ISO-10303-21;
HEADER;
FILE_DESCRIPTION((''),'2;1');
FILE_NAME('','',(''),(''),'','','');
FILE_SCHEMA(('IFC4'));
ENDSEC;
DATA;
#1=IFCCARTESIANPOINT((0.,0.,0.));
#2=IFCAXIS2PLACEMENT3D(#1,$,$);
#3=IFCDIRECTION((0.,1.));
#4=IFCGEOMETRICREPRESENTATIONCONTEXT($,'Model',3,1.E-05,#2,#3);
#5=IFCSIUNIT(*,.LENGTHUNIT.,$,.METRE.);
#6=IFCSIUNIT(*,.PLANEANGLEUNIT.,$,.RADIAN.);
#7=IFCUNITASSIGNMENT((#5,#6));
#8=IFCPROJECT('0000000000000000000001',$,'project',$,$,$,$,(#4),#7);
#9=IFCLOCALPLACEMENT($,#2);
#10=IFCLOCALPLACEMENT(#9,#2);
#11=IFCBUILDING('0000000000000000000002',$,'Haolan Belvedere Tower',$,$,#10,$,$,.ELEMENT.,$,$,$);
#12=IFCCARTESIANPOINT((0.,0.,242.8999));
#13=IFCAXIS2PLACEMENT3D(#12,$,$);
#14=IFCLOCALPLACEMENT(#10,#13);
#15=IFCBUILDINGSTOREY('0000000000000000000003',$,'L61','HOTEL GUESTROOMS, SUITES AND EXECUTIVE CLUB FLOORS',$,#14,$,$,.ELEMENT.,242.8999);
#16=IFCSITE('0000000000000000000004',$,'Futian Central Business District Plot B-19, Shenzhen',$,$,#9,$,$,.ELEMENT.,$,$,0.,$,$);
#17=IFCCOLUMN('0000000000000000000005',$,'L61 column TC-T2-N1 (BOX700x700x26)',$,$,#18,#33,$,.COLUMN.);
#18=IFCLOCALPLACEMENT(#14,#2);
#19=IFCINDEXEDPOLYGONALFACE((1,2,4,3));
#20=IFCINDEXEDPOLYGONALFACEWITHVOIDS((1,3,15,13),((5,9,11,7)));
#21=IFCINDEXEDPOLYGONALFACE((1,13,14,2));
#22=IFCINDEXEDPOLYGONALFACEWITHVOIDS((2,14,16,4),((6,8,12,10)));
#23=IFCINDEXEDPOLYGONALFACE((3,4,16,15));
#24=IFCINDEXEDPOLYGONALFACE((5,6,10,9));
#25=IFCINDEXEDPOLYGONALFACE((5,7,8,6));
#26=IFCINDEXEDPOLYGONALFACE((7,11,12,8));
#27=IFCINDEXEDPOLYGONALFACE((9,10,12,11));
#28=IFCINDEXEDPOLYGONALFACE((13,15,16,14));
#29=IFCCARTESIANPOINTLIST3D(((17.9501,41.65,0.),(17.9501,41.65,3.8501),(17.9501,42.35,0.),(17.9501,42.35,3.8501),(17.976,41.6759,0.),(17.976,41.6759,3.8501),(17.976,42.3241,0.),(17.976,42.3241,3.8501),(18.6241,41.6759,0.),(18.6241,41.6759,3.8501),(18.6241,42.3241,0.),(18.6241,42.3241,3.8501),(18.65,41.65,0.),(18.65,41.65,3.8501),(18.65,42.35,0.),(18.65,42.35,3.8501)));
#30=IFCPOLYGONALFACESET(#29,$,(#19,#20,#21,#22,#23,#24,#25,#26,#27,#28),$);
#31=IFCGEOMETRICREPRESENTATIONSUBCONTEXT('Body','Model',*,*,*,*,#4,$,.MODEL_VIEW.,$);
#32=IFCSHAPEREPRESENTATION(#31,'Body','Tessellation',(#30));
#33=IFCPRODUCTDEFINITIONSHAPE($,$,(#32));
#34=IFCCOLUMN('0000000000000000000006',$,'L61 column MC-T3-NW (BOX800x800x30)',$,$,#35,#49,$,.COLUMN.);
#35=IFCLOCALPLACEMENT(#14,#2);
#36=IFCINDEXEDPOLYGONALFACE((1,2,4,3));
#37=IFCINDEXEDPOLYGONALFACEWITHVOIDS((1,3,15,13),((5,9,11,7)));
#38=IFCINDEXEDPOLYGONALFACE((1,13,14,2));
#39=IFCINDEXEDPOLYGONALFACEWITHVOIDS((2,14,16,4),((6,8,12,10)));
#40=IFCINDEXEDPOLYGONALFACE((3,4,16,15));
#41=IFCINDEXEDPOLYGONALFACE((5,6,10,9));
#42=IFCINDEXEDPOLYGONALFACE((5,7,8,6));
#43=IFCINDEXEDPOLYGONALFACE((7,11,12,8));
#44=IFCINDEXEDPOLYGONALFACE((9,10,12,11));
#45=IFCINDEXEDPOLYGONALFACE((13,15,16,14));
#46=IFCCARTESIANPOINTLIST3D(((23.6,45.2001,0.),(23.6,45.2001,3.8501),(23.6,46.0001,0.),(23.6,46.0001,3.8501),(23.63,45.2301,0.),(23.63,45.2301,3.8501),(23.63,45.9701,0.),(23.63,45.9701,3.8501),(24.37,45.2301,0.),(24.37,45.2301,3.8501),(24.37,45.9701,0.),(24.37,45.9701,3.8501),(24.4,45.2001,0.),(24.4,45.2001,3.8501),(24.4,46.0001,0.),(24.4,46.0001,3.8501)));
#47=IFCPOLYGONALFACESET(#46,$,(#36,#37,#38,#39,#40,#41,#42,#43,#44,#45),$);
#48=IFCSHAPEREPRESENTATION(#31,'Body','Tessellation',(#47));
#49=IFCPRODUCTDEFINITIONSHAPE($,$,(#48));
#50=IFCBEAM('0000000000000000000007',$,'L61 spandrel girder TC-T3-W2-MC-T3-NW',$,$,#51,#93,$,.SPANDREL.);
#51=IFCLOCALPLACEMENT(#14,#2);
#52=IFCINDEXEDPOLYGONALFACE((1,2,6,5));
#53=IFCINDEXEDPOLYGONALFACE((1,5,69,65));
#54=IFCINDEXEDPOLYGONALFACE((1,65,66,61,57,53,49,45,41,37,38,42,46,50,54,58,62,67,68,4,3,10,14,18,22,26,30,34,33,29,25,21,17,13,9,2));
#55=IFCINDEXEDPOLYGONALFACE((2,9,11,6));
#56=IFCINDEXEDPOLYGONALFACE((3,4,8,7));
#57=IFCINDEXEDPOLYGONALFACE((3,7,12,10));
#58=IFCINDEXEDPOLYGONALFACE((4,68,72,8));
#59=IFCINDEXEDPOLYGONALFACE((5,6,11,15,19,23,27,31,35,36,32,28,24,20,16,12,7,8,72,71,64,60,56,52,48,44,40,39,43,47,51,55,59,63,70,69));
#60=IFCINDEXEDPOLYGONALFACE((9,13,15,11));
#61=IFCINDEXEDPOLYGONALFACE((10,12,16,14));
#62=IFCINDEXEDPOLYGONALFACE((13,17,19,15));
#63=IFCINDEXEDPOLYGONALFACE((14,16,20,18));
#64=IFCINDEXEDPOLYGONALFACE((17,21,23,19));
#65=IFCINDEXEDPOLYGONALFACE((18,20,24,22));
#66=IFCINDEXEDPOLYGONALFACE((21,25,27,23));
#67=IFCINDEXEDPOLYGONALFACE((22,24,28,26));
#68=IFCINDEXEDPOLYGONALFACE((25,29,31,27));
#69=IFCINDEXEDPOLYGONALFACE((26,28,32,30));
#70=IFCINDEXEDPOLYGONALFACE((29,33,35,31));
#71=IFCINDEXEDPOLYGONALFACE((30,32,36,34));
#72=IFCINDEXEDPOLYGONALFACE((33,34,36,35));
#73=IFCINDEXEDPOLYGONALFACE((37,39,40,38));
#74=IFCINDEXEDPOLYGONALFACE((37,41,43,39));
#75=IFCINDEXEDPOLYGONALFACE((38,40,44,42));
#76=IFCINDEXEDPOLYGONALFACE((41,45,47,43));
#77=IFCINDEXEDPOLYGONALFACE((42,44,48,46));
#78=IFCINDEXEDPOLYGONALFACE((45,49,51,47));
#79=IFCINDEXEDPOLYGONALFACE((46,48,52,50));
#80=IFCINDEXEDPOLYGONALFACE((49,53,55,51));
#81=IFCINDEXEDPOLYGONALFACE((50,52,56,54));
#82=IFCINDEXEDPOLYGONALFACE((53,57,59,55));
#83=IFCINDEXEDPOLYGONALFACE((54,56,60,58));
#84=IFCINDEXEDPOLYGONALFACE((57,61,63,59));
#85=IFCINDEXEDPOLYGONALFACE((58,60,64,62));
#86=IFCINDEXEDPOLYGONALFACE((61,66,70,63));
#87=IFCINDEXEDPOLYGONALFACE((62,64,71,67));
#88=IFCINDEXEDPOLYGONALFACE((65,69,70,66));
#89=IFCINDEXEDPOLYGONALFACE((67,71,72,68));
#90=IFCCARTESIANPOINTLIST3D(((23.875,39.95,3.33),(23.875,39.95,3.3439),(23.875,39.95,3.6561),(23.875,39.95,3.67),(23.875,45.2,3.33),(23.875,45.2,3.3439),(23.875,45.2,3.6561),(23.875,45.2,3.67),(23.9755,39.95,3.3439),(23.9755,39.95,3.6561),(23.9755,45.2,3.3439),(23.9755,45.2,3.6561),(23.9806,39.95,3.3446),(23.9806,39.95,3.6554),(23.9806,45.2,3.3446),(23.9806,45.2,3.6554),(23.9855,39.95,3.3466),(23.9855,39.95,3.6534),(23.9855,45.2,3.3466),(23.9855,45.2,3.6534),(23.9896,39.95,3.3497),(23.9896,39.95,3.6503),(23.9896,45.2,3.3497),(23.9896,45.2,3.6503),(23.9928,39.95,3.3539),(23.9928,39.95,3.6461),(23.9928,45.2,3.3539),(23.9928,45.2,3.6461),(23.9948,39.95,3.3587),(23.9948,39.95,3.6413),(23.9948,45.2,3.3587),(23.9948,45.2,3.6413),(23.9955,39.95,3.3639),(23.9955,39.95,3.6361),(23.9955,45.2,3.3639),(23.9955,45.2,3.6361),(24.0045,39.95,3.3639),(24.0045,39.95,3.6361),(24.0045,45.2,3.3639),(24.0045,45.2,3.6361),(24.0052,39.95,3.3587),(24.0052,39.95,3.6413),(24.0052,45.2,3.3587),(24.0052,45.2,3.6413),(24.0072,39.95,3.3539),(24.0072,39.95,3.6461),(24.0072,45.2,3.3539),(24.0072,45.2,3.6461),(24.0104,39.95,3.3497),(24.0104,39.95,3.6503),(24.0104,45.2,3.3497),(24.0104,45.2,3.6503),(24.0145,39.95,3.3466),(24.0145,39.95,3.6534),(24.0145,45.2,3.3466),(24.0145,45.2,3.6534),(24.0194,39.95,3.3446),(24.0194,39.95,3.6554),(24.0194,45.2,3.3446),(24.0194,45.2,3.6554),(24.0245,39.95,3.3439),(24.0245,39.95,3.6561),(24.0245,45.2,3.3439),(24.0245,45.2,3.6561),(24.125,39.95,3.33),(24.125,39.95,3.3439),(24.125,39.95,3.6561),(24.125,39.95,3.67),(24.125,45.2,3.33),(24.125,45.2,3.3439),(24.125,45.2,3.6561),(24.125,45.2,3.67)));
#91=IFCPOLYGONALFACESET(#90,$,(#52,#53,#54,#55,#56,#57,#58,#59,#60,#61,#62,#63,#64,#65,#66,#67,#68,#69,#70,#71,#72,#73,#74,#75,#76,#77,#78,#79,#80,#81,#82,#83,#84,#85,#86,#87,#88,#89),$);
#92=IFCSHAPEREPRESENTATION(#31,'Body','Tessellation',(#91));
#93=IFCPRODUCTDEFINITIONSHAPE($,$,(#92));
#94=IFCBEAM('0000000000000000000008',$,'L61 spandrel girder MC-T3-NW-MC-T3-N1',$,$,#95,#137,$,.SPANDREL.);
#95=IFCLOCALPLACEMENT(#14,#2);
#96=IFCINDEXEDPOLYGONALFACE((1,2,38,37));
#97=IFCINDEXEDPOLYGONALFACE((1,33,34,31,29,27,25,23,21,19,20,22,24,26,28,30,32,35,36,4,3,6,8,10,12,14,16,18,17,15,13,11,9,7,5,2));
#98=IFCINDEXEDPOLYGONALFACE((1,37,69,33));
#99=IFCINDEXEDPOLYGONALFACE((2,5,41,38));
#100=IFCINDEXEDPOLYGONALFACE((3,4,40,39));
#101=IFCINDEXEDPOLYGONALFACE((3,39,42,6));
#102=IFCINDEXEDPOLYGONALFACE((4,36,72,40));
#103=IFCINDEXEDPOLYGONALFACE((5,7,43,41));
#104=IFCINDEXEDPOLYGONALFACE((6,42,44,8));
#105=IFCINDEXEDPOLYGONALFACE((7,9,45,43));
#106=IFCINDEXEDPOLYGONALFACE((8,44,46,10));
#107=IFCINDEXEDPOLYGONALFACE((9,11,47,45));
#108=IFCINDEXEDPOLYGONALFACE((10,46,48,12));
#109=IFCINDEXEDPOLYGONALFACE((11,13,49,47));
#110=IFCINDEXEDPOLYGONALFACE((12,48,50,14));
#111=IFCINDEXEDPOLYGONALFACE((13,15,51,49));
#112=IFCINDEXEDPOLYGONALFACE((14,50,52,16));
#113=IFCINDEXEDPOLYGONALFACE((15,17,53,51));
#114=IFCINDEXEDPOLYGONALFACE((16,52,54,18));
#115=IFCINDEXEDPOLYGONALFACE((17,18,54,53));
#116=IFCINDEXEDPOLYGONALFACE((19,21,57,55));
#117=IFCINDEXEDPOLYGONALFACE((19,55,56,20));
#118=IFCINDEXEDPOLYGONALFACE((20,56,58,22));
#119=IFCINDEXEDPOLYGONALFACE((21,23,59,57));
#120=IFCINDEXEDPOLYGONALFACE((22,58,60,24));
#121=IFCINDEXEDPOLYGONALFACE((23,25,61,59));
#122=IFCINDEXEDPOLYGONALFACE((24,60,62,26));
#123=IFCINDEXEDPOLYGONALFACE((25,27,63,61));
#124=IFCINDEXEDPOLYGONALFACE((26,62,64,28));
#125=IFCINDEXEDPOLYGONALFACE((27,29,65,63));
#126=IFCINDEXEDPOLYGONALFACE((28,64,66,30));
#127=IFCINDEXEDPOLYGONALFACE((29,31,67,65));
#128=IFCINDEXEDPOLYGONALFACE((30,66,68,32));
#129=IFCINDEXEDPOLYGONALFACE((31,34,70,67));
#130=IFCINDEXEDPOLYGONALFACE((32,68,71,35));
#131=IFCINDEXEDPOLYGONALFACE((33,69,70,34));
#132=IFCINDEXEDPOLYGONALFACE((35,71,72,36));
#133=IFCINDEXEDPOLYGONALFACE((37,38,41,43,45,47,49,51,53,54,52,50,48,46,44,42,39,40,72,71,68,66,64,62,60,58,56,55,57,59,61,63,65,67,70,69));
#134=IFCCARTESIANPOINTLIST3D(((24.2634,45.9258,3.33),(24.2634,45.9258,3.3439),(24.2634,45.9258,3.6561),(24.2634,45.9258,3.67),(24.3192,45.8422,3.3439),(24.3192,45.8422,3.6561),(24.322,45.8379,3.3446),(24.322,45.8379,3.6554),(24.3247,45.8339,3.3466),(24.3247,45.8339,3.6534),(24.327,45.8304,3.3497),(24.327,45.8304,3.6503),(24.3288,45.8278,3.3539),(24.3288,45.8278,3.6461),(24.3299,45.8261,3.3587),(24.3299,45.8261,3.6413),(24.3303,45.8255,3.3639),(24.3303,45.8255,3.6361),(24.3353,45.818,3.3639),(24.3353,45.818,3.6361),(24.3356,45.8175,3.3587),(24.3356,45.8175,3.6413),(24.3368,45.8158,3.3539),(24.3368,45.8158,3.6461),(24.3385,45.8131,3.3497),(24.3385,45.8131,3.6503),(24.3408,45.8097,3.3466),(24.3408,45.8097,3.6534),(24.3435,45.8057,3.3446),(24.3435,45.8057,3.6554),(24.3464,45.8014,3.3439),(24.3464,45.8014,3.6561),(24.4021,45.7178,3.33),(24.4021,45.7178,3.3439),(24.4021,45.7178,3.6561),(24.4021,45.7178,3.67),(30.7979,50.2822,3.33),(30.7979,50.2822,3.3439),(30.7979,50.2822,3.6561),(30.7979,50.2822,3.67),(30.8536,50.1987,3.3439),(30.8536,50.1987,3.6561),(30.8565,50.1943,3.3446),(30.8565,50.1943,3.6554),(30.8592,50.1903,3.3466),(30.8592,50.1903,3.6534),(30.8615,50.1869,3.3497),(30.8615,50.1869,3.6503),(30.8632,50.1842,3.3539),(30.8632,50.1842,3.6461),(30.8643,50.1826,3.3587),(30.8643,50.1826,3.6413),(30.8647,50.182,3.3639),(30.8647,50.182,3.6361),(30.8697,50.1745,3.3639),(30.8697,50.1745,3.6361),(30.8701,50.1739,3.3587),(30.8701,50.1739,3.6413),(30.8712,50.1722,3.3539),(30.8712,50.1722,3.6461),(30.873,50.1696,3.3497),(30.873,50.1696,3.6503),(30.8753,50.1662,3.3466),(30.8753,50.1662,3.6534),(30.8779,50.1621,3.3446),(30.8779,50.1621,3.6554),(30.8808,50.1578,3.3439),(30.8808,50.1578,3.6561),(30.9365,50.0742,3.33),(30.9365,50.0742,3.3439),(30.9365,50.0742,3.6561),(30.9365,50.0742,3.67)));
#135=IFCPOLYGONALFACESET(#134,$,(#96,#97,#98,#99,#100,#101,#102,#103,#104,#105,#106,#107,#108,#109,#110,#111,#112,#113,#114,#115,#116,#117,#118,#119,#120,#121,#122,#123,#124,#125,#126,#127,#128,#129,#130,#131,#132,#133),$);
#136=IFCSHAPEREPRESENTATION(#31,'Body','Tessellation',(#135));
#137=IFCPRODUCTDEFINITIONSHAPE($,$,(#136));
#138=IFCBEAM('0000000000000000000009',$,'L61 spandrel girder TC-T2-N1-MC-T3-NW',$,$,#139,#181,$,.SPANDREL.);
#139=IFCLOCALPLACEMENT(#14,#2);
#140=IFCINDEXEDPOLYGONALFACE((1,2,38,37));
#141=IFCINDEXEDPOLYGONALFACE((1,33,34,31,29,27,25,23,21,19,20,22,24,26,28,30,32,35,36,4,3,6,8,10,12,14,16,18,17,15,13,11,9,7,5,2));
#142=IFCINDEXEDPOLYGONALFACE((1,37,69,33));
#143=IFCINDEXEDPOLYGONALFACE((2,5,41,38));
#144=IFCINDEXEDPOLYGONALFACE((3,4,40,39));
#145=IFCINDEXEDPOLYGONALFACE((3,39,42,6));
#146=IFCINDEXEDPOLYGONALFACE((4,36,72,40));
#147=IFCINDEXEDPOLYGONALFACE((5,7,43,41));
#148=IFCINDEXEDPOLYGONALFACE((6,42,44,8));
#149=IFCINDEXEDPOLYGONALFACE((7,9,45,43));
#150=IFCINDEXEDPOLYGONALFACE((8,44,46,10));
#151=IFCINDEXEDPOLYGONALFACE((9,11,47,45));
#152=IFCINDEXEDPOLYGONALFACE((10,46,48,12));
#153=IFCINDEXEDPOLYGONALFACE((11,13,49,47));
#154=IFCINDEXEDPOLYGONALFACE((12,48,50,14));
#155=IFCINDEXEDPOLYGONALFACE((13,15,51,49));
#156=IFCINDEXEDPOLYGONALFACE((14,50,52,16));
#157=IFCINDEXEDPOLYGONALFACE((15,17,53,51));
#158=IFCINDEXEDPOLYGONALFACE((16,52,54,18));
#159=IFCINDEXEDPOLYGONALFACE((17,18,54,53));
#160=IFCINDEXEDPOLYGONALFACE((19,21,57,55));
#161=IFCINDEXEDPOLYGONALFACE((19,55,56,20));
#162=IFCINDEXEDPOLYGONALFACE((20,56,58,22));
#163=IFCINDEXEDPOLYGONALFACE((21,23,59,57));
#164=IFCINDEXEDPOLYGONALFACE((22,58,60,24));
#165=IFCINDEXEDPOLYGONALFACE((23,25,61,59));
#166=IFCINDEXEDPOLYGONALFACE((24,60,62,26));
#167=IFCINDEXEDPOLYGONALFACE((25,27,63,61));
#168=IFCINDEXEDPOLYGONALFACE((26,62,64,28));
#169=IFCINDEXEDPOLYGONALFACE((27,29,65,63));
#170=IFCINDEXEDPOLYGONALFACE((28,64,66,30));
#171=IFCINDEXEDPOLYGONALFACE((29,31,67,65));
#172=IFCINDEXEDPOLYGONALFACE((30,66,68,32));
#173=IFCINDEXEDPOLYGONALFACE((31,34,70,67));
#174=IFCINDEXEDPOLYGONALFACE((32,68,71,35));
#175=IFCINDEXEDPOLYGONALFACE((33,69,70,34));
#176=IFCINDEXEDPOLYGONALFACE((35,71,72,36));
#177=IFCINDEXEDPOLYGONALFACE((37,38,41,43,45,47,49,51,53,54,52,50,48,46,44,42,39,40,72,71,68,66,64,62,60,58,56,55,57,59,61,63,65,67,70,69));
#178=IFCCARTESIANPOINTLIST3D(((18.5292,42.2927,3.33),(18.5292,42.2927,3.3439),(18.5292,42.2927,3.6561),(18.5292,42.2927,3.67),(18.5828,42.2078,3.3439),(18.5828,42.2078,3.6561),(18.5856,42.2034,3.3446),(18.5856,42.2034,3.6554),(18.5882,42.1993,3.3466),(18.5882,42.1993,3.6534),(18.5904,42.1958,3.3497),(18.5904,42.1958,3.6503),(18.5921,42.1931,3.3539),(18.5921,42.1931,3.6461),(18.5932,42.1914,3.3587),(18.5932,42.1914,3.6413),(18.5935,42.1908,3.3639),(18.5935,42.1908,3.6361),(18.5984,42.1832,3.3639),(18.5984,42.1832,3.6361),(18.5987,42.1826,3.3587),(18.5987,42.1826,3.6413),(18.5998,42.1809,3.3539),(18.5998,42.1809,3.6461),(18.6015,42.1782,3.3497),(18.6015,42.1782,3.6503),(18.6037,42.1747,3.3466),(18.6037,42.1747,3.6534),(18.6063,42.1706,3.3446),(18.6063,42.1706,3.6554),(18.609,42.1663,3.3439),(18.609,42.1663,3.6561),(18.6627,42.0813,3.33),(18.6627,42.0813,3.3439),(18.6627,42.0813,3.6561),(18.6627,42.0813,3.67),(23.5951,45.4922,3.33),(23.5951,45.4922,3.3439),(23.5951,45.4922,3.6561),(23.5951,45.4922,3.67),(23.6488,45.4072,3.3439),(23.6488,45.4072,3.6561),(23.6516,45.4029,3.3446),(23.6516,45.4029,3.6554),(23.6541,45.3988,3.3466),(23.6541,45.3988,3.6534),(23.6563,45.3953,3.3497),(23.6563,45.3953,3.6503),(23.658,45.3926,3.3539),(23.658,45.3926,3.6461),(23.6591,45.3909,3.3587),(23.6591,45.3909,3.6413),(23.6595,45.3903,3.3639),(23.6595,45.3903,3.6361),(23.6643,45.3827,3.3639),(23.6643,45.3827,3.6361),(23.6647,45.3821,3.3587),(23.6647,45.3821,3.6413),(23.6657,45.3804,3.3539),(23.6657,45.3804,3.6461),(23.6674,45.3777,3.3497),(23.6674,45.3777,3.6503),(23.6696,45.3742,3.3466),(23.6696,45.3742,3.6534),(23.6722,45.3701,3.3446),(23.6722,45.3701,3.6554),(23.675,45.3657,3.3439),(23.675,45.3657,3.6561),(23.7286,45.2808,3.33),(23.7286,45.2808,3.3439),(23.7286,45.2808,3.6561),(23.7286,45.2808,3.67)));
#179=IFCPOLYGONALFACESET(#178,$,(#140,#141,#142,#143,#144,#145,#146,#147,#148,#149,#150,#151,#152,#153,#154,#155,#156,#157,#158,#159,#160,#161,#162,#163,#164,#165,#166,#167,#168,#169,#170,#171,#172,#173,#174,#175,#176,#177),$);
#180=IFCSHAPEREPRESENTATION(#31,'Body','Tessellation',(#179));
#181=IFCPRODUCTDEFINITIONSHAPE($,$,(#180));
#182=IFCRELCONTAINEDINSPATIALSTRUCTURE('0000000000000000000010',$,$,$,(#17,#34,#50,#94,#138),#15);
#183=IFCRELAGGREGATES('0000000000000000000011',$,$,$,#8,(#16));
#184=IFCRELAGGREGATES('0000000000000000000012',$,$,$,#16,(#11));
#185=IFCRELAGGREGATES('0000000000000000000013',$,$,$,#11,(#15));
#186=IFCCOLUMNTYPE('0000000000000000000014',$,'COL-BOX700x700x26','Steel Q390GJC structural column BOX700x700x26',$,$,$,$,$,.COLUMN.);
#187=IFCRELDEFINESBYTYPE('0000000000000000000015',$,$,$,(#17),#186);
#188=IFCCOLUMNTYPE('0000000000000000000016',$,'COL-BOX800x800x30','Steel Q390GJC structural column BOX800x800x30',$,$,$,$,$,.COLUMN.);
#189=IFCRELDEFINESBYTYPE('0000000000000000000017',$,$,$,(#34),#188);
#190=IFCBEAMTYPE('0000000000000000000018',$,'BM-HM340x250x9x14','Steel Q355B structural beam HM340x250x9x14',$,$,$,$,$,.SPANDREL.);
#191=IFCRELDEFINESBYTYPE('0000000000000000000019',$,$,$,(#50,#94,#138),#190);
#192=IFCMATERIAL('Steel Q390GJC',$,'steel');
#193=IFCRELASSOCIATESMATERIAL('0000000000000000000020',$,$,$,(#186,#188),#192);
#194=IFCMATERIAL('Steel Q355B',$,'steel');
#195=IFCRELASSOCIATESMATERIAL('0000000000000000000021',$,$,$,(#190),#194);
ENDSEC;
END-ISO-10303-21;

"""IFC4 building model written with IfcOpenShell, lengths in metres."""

from ifc_helpers import new_model, si_unit, direction, frame, origin, origin_2d, place, context, subcontext, project, spatial, hollow_rectangle, i_section, extrude, material, material_profile, profile_set, type_object, element, save


model = new_model("IFC4")

# Units and contexts
model_context = context("Model", 3, precision=1e-05, world=origin(), true_north=direction((0.0, 1.0)))
body_context = subcontext(model_context, "Body", "Model", "MODEL_VIEW")
ifc_project = project(units=[si_unit("LENGTHUNIT", "METRE"), si_unit("PLANEANGLEUNIT", "RADIAN")], contexts=[model_context])

# Site, building, storey
site_placement = place(None, origin())
site = spatial("IfcSite", under=ifc_project, at=site_placement, Name="Futian Central Business District Plot B-19, Shenzhen", CompositionType="ELEMENT", RefElevation=0.0)
building_placement = place(site_placement, origin())
building = spatial("IfcBuilding", under=site, at=building_placement, Name="Haolan Belvedere Tower", CompositionType="ELEMENT")
storey_placement = place(building_placement, frame((0.0, 0.0, 242.8999)))
storey = spatial("IfcBuildingStorey", under=building, at=storey_placement, Name="L61", Description="HOTEL GUESTROOMS, SUITES AND EXECUTIVE CLUB FLOORS", CompositionType="ELEMENT", Elevation=242.8999)

# Columns
ifc_material_1 = material(Name="Steel Q390GJC", Category="steel")
ifc_material_profile_1 = material_profile(ifc_material_1, hollow_rectangle(XDim=0.7, YDim=0.7, WallThickness=0.0259, at=origin_2d()), Name="Steel Q390GJC")
ifc_profile_set_1 = profile_set([ifc_material_profile_1], Name="Steel Q390GJC")
column_type_1 = type_object("IfcColumnType", Name="COL-BOX700x700x26", Description="Steel Q390GJC structural column BOX700x700x26", PredefinedType="COLUMN", material=ifc_profile_set_1)
column_1_placement = place(storey_placement, frame((18.3, 42.0, 0.0), z_axis=(0.0, 0.0, 1.0), x_axis=(1.0, 0.0, 0.0)))
element("IfcColumn", 1, at=column_1_placement, inside=storey, type_object=column_type_1, Name="L61 column TC-T2-N1 (BOX700x700x26)", PredefinedType="COLUMN", context=body_context, shape_type="SweptSolid", body=[
    extrude(hollow_rectangle(XDim=0.7, YDim=0.7, WallThickness=0.0259, at=origin_2d()), origin(), (0.0, 0.0, 1.0), 3.8501),
])
ifc_material_profile_2 = material_profile(ifc_material_1, hollow_rectangle(XDim=0.8, YDim=0.8, WallThickness=0.03, at=origin_2d()), Name="Steel Q390GJC")
ifc_profile_set_2 = profile_set([ifc_material_profile_2], Name="Steel Q390GJC")
column_type_2 = type_object("IfcColumnType", Name="COL-BOX800x800x30", Description="Steel Q390GJC structural column BOX800x800x30", PredefinedType="COLUMN", material=ifc_profile_set_2)
column_2_placement = place(storey_placement, frame((24.0, 45.6001, 0.0), z_axis=(0.0, 0.0, 1.0), x_axis=(1.0, 0.0, 0.0)))
element("IfcColumn", 2, at=column_2_placement, inside=storey, type_object=column_type_2, Name="L61 column MC-T3-NW (BOX800x800x30)", PredefinedType="COLUMN", context=body_context, shape_type="SweptSolid", body=[
    extrude(hollow_rectangle(XDim=0.8, YDim=0.8, WallThickness=0.03, at=origin_2d()), origin(), (0.0, 0.0, 1.0), 3.8501),
])

# Beams
ifc_material_2 = material(Name="Steel Q355B", Category="steel")
ifc_material_profile_3 = material_profile(ifc_material_2, i_section(OverallWidth=0.25, OverallDepth=0.3401, WebThickness=0.009, FlangeThickness=0.0139, FilletRadius=0.02, at=origin_2d()), Name="Steel Q355B")
ifc_profile_set_3 = profile_set([ifc_material_profile_3], Name="Steel Q355B")
beam_type_1 = type_object("IfcBeamType", Name="BM-HM340x250x9x14", Description="Steel Q355B structural beam HM340x250x9x14", PredefinedType="SPANDREL", material=ifc_profile_set_3)
beam_1_placement = place(storey_placement, frame((24.0, 39.95, 3.5), z_axis=(0.0, 1.0, 0.0), x_axis=(-1.0, 0.0, 0.0)))
element("IfcBeam", 3, at=beam_1_placement, inside=storey, type_object=beam_type_1, Name="L61 spandrel girder TC-T3-W2-MC-T3-NW", PredefinedType="SPANDREL", context=body_context, shape_type="SweptSolid", body=[
    extrude(i_section(OverallWidth=0.25, OverallDepth=0.3401, WebThickness=0.009, FlangeThickness=0.0139, FilletRadius=0.02, at=origin_2d()), origin(), (0.0, 0.0, 1.0), 5.25),
])
beam_2_placement = place(storey_placement, frame((24.3328, 45.8218, 3.5), z_axis=(0.832041, 0.554715, 0.0), x_axis=(-0.554715, 0.832041, 0.0)))
element("IfcBeam", 4, at=beam_2_placement, inside=storey, type_object=beam_type_1, Name="L61 spandrel girder MC-T3-NW-MC-T3-N1", PredefinedType="SPANDREL", context=body_context, shape_type="SweptSolid", body=[
    extrude(i_section(OverallWidth=0.25, OverallDepth=0.3401, WebThickness=0.009, FlangeThickness=0.0139, FilletRadius=0.02, at=origin_2d()), origin(), (0.0, 0.0, 1.0), 7.8535),
])
beam_3_placement = place(storey_placement, frame((18.5959, 42.187, 3.5), z_axis=(0.845494, 0.533985, 0.0), x_axis=(-0.533985, 0.845494, 0.0)))
element("IfcBeam", 5, at=beam_3_placement, inside=storey, type_object=beam_type_1, Name="L61 spandrel girder TC-T2-N1-MC-T3-NW", PredefinedType="SPANDREL", context=body_context, shape_type="SweptSolid", body=[
    extrude(i_section(OverallWidth=0.25, OverallDepth=0.3401, WebThickness=0.009, FlangeThickness=0.0139, FilletRadius=0.02, at=origin_2d()), origin(), (0.0, 0.0, 1.0), 5.9917),
])

save(model, "model.ifc")
